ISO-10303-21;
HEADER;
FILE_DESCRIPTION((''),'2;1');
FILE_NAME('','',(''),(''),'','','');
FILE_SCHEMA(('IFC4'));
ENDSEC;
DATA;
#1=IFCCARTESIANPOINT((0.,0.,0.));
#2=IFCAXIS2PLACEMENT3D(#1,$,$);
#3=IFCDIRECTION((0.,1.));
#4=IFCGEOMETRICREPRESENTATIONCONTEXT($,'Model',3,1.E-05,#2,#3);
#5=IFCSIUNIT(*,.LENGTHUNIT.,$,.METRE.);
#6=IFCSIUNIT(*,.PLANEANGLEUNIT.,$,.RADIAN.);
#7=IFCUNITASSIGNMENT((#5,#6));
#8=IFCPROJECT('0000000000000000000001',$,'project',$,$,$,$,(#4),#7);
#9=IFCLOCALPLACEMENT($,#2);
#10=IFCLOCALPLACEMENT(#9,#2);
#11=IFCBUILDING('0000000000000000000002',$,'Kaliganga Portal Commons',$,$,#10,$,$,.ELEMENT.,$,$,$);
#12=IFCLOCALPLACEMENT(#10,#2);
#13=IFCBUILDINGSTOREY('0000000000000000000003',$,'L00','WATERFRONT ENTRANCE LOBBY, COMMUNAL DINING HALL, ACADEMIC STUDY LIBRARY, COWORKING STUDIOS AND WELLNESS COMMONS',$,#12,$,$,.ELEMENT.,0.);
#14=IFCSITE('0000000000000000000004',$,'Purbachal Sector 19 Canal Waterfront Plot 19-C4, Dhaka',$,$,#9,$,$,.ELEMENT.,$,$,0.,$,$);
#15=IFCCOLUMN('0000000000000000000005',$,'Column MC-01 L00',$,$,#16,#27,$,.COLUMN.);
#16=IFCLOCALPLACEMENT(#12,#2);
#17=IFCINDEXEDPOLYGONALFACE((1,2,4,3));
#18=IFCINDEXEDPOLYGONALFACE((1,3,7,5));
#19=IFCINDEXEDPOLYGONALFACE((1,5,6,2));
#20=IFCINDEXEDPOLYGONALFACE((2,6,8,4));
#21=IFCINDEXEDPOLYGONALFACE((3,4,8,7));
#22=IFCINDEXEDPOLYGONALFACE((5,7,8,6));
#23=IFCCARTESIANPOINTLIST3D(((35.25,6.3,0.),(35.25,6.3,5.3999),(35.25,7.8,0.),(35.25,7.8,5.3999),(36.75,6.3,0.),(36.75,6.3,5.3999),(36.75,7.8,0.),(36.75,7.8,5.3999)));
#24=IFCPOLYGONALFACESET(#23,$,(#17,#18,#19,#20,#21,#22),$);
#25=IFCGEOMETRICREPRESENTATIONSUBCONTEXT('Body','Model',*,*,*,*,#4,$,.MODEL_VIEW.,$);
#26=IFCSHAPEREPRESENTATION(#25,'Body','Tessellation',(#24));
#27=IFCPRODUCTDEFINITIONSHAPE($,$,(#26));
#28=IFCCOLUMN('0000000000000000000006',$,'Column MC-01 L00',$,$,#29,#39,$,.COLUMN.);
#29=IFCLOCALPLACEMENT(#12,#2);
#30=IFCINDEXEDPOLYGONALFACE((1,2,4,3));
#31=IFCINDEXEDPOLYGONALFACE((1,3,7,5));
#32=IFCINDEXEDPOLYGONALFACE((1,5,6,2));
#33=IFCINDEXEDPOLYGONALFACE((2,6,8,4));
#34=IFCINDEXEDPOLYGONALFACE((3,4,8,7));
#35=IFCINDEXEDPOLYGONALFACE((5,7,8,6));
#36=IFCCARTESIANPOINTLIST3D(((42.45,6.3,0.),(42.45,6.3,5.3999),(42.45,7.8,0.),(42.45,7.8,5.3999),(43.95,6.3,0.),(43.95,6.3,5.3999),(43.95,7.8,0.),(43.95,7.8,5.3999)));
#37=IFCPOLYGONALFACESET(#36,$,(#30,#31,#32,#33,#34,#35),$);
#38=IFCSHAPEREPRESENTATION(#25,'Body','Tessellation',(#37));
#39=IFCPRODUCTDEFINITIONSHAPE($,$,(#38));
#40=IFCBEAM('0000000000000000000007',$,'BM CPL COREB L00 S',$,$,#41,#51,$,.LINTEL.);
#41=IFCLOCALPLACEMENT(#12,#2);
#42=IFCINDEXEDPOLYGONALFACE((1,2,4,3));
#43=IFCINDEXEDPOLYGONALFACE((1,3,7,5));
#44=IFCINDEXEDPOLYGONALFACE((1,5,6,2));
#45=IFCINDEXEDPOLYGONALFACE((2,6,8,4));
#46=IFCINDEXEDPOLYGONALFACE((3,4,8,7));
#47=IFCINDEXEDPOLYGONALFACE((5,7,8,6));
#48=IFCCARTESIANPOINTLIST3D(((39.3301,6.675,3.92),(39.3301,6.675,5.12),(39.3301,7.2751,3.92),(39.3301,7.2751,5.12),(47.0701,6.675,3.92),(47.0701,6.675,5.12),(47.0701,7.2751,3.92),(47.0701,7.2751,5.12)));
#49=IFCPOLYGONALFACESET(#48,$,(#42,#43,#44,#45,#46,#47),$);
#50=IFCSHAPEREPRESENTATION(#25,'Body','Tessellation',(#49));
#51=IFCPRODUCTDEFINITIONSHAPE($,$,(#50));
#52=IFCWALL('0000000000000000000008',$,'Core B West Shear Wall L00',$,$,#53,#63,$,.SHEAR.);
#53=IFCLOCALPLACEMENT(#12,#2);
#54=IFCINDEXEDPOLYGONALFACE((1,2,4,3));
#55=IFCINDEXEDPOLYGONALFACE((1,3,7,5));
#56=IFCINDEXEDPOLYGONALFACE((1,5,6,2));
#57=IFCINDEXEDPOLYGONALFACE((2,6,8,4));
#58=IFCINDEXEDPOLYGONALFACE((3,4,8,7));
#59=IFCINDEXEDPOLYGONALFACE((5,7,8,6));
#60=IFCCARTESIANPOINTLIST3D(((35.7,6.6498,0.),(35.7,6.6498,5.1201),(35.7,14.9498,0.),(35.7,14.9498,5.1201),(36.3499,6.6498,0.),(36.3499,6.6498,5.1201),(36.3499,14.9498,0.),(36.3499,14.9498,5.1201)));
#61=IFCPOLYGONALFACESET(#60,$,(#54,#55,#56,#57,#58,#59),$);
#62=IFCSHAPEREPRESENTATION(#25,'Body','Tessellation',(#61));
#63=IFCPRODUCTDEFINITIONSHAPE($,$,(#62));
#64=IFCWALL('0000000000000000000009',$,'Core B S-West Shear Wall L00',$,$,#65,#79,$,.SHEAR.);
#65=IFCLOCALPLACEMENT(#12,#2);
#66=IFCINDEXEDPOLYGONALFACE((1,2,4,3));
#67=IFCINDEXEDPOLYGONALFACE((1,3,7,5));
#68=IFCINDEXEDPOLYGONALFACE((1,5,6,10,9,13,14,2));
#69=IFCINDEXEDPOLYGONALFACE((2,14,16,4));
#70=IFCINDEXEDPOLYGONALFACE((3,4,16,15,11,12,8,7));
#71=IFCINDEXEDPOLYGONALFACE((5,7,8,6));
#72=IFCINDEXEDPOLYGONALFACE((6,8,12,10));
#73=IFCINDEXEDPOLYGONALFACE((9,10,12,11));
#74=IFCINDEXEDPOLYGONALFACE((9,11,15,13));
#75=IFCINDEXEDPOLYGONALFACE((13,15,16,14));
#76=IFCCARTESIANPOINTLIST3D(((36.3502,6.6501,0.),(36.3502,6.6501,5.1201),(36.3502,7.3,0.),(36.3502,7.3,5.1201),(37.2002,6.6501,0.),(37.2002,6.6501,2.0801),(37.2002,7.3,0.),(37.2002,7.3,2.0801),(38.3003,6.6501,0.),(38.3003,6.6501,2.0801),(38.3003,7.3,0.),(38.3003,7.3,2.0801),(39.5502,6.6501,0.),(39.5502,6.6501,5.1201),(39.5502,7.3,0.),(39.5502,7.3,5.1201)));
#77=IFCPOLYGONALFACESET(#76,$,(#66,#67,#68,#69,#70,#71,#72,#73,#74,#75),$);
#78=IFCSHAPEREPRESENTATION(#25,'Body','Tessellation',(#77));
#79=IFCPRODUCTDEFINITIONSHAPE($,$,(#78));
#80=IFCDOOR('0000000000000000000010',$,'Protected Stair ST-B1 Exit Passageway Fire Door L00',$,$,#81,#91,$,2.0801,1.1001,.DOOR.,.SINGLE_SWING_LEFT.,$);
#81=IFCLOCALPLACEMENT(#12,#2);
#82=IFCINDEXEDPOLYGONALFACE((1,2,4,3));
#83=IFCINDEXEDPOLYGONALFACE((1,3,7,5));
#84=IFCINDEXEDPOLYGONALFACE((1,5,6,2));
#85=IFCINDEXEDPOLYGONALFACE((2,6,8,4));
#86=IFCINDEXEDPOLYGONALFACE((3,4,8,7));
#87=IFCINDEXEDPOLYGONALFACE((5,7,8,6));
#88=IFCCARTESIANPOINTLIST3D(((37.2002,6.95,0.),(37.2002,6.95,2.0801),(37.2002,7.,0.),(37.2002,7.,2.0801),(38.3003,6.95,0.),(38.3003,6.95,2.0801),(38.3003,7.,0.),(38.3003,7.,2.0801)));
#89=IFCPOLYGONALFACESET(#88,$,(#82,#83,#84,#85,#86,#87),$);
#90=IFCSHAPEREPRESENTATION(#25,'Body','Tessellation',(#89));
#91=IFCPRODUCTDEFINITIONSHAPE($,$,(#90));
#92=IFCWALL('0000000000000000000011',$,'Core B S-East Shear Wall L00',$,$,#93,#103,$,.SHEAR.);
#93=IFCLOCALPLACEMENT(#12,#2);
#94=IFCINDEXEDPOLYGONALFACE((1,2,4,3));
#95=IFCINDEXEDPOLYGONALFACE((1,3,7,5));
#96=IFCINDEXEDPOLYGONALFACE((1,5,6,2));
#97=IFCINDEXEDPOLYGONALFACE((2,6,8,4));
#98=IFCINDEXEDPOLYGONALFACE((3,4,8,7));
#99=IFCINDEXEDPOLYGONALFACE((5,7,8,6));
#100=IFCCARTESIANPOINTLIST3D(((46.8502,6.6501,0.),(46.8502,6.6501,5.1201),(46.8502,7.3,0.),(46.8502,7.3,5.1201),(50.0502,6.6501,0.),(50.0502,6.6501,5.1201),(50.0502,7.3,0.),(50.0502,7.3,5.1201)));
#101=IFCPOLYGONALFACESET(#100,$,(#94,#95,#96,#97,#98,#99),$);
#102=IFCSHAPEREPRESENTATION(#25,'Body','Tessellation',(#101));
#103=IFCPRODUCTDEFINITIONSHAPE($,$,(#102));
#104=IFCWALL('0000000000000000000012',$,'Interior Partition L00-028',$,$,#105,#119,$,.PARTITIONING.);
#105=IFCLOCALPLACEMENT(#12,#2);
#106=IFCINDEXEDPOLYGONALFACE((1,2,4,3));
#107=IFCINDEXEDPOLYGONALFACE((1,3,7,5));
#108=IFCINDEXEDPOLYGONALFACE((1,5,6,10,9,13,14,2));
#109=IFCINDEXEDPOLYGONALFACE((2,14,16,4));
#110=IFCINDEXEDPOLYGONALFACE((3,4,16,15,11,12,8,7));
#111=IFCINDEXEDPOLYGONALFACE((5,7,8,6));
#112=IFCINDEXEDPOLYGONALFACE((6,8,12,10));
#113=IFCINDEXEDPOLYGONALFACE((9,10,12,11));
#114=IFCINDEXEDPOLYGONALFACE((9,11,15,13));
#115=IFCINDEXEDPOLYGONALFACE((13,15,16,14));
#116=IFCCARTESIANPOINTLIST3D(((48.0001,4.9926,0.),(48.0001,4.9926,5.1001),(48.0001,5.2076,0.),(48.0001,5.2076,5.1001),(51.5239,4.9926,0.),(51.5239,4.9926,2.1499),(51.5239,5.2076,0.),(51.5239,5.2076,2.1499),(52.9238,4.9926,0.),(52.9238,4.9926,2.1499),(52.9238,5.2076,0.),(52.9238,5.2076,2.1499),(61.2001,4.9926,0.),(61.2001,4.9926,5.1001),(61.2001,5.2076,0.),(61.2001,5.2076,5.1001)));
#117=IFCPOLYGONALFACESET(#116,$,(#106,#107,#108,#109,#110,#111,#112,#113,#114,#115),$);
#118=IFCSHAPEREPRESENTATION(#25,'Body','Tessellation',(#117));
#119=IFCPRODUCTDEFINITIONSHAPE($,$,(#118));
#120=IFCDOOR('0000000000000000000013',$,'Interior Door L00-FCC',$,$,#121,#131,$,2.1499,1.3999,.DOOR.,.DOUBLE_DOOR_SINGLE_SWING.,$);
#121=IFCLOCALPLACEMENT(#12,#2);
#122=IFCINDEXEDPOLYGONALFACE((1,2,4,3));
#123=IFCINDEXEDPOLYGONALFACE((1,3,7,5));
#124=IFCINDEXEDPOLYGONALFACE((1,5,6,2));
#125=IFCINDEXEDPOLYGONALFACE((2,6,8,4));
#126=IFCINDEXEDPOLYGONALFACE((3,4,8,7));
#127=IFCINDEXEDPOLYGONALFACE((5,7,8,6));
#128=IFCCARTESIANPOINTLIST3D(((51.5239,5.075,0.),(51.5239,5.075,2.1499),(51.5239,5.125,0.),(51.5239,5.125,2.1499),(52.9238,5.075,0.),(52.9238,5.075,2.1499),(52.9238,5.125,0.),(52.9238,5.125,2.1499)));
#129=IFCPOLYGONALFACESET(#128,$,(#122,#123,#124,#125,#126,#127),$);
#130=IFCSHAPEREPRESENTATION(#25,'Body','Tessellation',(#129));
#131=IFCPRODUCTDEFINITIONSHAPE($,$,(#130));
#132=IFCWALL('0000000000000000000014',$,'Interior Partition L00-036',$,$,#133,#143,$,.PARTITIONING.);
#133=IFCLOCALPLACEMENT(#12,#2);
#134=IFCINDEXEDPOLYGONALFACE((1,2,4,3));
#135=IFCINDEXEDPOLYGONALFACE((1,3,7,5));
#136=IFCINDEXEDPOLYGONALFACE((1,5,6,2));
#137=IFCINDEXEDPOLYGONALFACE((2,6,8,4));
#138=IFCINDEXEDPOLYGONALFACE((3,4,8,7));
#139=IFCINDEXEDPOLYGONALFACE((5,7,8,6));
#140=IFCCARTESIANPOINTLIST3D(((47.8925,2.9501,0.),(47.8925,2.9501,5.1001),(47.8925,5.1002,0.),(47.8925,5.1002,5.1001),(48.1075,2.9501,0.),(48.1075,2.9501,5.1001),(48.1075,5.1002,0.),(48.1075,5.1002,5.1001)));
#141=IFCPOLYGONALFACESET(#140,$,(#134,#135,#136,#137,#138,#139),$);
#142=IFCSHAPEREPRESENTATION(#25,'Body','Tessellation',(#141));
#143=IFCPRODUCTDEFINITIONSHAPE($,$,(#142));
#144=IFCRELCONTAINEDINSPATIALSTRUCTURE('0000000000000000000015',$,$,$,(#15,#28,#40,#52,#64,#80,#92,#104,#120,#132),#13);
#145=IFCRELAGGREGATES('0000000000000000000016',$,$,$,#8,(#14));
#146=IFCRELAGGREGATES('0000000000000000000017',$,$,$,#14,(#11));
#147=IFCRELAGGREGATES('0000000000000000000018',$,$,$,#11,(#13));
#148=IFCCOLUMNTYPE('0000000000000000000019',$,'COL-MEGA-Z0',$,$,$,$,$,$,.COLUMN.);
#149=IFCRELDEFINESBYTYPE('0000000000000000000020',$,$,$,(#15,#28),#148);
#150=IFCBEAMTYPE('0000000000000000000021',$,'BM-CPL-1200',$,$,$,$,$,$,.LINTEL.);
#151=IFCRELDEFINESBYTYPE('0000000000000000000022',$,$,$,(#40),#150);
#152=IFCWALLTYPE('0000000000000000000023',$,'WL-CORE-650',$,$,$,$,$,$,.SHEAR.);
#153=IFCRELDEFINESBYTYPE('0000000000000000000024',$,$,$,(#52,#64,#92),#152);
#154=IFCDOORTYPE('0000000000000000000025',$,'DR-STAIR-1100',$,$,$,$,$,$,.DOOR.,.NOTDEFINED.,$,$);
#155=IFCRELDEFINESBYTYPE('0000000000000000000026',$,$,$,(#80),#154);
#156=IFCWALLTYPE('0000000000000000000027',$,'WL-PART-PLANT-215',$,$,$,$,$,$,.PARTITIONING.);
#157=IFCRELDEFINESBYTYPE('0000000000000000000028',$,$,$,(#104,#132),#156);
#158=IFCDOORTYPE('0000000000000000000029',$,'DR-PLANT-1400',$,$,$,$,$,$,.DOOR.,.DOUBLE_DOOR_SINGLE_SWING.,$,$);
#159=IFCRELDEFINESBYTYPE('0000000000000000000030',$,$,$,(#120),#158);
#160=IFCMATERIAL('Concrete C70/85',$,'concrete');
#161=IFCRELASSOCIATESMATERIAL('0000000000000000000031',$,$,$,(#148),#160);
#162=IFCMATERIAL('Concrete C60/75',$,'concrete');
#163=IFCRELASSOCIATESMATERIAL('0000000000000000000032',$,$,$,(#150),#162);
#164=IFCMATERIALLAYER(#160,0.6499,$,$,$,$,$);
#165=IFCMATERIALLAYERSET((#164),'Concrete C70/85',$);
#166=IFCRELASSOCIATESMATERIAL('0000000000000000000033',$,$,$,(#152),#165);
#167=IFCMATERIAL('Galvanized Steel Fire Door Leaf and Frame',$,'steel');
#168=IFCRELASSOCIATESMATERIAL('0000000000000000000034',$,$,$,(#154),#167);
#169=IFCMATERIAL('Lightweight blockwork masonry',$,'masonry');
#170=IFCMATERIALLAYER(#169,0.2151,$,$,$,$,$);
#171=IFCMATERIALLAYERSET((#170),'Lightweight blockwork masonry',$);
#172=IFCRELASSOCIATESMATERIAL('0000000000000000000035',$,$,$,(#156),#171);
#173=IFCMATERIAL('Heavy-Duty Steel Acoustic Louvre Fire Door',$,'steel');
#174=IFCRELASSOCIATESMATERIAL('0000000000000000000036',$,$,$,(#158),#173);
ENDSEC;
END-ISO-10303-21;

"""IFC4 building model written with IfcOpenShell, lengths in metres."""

from ifc_helpers import new_model, si_unit, direction, frame, frame_2d, origin, origin_2d, place, context, subcontext, project, spatial, rectangle, extrude, source, transform, mapped, material, layer, layer_set, material_profile, profile_set, type_object, element, fill, save


model = new_model("IFC4")

# Units and contexts
model_context = context("Model", 3, precision=1e-05, world=origin(), true_north=direction((0.0, 1.0)))
body_context = subcontext(model_context, "Body", "Model", "MODEL_VIEW")
ifc_project = project(units=[si_unit("LENGTHUNIT", "METRE"), si_unit("PLANEANGLEUNIT", "RADIAN")], contexts=[model_context])

# Site, building, storey
site_placement = place(None, origin())
site = spatial("IfcSite", under=ifc_project, at=site_placement, Name="Purbachal Sector 19 Canal Waterfront Plot 19-C4, Dhaka", CompositionType="ELEMENT", RefElevation=0.0)
building_placement = place(site_placement, origin())
building = spatial("IfcBuilding", under=site, at=building_placement, Name="Kaliganga Portal Commons", CompositionType="ELEMENT")
storey_placement = place(building_placement, origin())
storey = spatial("IfcBuildingStorey", under=building, at=storey_placement, Name="L00", Description="WATERFRONT ENTRANCE LOBBY, COMMUNAL DINING HALL, ACADEMIC STUDY LIBRARY, COWORKING STUDIOS AND WELLNESS COMMONS", CompositionType="ELEMENT", Elevation=0.0)

# Columns
ifc_material_1 = material(Name="Concrete C70/85", Category="concrete")
ifc_material_profile_1 = material_profile(ifc_material_1, rectangle(XDim=1.5, YDim=1.5, at=origin_2d()), Name="RC 1500x1500")
ifc_profile_set_1 = profile_set([ifc_material_profile_1], Name="Concrete C70/85")
column_type = type_object("IfcColumnType", Name="COL-MEGA-Z0", PredefinedType="COLUMN", material=ifc_profile_set_1)
shared_shape_1 = source(origin(), body_context, "Body", "SweptSolid", [
    extrude(rectangle(XDim=1.5, YDim=1.5, at=origin_2d()), origin(), (0.0, 0.0, 1.0), 5.3999),
])
for number, where, z_axis, x_axis, name in (
    (1, (36.0, 7.05, 0.0), (0.0, 0.0, 1.0), (1.0, 0.0, 0.0), "Column MC-01 L00"),
    (2, (43.2, 7.05, 0.0), (0.0, 0.0, 1.0), (1.0, 0.0, 0.0), "Column MC-01 L00"),
):
    element("IfcColumn", number, at=place(storey_placement, frame(where, z_axis=z_axis, x_axis=x_axis)), inside=storey, type_object=column_type, Name=name, PredefinedType="COLUMN", context=body_context, shape_type="MappedRepresentation", body=[
        mapped(shared_shape_1, transform((0.0, 0.0, 0.0), x_axis=(1.0, 0.0, 0.0), y_axis=(0.0, 1.0, 0.0), z_axis=(0.0, 0.0, 1.0), scale=1.0)),
    ])

# Beam
ifc_material_2 = material(Name="Concrete C60/75", Category="concrete")
ifc_material_profile_2 = material_profile(ifc_material_2, rectangle(XDim=0.6001, YDim=1.2, at=origin_2d()), Name="RC 600x1200")
ifc_profile_set_2 = profile_set([ifc_material_profile_2], Name="Concrete C60/75")
beam_type = type_object("IfcBeamType", Name="BM-CPL-1200", PredefinedType="LINTEL", material=ifc_profile_set_2)
shared_shape_2 = source(origin(), body_context, "Body", "SweptSolid", [
    extrude(rectangle(XDim=0.6001, YDim=1.2, at=origin_2d()), origin(), (0.0, 0.0, 1.0), 7.74),
])
beam_placement = place(storey_placement, frame((39.3301, 6.9751, 4.52), z_axis=(1.0, 0.0, 0.0), x_axis=(0.0, 1.0, 0.0)))
element("IfcBeam", 3, at=beam_placement, inside=storey, type_object=beam_type, Name="BM CPL COREB L00 S", PredefinedType="LINTEL", context=body_context, shape_type="MappedRepresentation", body=[
    mapped(shared_shape_2, transform((0.0, 0.0, 0.0), x_axis=(1.0, 0.0, 0.0), y_axis=(0.0, 1.0, 0.0), z_axis=(0.0, 0.0, 1.0), scale=1.0)),
])

# Wall
ifc_layer_1 = layer(ifc_material_1, 0.6499)
ifc_layer_set_1 = layer_set([ifc_layer_1], Name="Concrete C70/85")
wall_type_1 = type_object("IfcWallType", Name="WL-CORE-650", PredefinedType="SHEAR", material=ifc_layer_set_1)
wall_1_placement = place(storey_placement, frame((36.0249, 6.6499, 0.0), z_axis=(0.0, 0.0, 1.0), x_axis=(0.0, 1.0, 0.0)))
element("IfcWall", 4, at=wall_1_placement, inside=storey, type_object=wall_type_1, Name="Core B West Shear Wall L00", PredefinedType="SHEAR", context=body_context, shape_type="SweptSolid", body=[
    extrude(rectangle(XDim=8.3, YDim=0.6499, at=frame_2d((4.1499, 0.0))), origin(), (0.0, 0.0, 1.0), 5.1201),
])

# Wall, opening, door
wall_2_placement = place(storey_placement, frame((36.3501, 6.9751, 0.0), z_axis=(0.0, 0.0, 1.0), x_axis=(1.0, 0.0, 0.0)))
wall_2 = element("IfcWall", 5, at=wall_2_placement, inside=storey, type_object=wall_type_1, Name="Core B S-West Shear Wall L00", PredefinedType="SHEAR", context=body_context, shape_type="SweptSolid", body=[
    extrude(rectangle(XDim=3.2, YDim=0.6499, at=frame_2d((1.6001, 0.0))), origin(), (0.0, 0.0, 1.0), 5.1201),
])
opening_1_placement = place(wall_2_placement, frame((0.8501, 0.0, 0.0)))
opening_1 = element("IfcOpeningElement", 6, at=opening_1_placement, cuts=wall_2, PredefinedType="OPENING", context=body_context, shape_type="SweptSolid", body=[
    extrude(rectangle(XDim=1.1001, YDim=2.0801, at=frame_2d((0.55, 1.04))), frame((0.0, 0.335, 0.0), z_axis=(0.0, -1.0, 0.0), x_axis=(1.0, 0.0, 0.0)), (0.0, 0.0, 1.0), 0.6699),
])
ifc_material_3 = material(Name="Galvanized Steel Fire Door Leaf and Frame", Category="steel")
door_type_1 = type_object("IfcDoorType", Name="DR-STAIR-1100", OperationType="NOTDEFINED", PredefinedType="DOOR", material=ifc_material_3)
door_1_placement = place(opening_1_placement, origin())
door_1 = element("IfcDoor", 7, at=door_1_placement, inside=storey, type_object=door_type_1, Name="Protected Stair ST-B1 Exit Passageway Fire Door L00", OperationType="SINGLE_SWING_LEFT", OverallHeight=2.0801, OverallWidth=1.1001, PredefinedType="DOOR", context=body_context, shape_type="SweptSolid", body=[
    extrude(rectangle(XDim=1.1001, YDim=2.0801, at=frame_2d((0.55, 1.04))), frame((0.0, 0.0249, 0.0), z_axis=(0.0, -1.0, 0.0), x_axis=(1.0, 0.0, 0.0)), (0.0, 0.0, 1.0), 0.05),
])
fill(opening_1, door_1)

# Wall
wall_3_placement = place(storey_placement, frame((46.8501, 6.9751, 0.0), z_axis=(0.0, 0.0, 1.0), x_axis=(1.0, 0.0, 0.0)))
element("IfcWall", 8, at=wall_3_placement, inside=storey, type_object=wall_type_1, Name="Core B S-East Shear Wall L00", PredefinedType="SHEAR", context=body_context, shape_type="SweptSolid", body=[
    extrude(rectangle(XDim=3.2, YDim=0.6499, at=frame_2d((1.6001, 0.0))), origin(), (0.0, 0.0, 1.0), 5.1201),
])

# Wall, opening, door
ifc_material_4 = material(Name="Lightweight blockwork masonry", Category="masonry")
ifc_layer_2 = layer(ifc_material_4, 0.2151)
ifc_layer_set_2 = layer_set([ifc_layer_2], Name="Lightweight blockwork masonry")
wall_type_2 = type_object("IfcWallType", Name="WL-PART-PLANT-215", PredefinedType="PARTITIONING", material=ifc_layer_set_2)
wall_4_placement = place(storey_placement, frame((48.0, 5.1001, 0.0), z_axis=(0.0, 0.0, 1.0), x_axis=(1.0, 0.0, 0.0)))
wall_4 = element("IfcWall", 9, at=wall_4_placement, inside=storey, type_object=wall_type_2, Name="Interior Partition L00-028", PredefinedType="PARTITIONING", context=body_context, shape_type="SweptSolid", body=[
    extrude(rectangle(XDim=13.2, YDim=0.2151, at=frame_2d((6.6001, 0.0))), origin(), (0.0, 0.0, 1.0), 5.1001),
])
opening_2_placement = place(wall_4_placement, frame((3.5239, 0.0, 0.0)))
opening_2 = element("IfcOpeningElement", 10, at=opening_2_placement, cuts=wall_4, PredefinedType="OPENING", context=body_context, shape_type="SweptSolid", body=[
    extrude(rectangle(XDim=1.3999, YDim=2.1499, at=frame_2d((0.7, 1.075))), frame((0.0, 0.1177, 0.0), z_axis=(0.0, -1.0, 0.0), x_axis=(1.0, 0.0, 0.0)), (0.0, 0.0, 1.0), 0.2351),
])
ifc_material_5 = material(Name="Heavy-Duty Steel Acoustic Louvre Fire Door", Category="steel")
door_type_2 = type_object("IfcDoorType", Name="DR-PLANT-1400", OperationType="DOUBLE_DOOR_SINGLE_SWING", PredefinedType="DOOR", material=ifc_material_5)
door_2_placement = place(opening_2_placement, origin())
door_2 = element("IfcDoor", 11, at=door_2_placement, inside=storey, type_object=door_type_2, Name="Interior Door L00-FCC", OperationType="DOUBLE_DOOR_SINGLE_SWING", OverallHeight=2.1499, OverallWidth=1.3999, PredefinedType="DOOR", context=body_context, shape_type="SweptSolid", body=[
    extrude(rectangle(XDim=1.3999, YDim=2.1499, at=frame_2d((0.7, 1.075))), frame((0.0, 0.0249, 0.0), z_axis=(0.0, -1.0, 0.0), x_axis=(1.0, 0.0, 0.0)), (0.0, 0.0, 1.0), 0.05),
])
fill(opening_2, door_2)

# Wall
wall_5_placement = place(storey_placement, frame((48.0, 2.95, 0.0), z_axis=(0.0, 0.0, 1.0), x_axis=(0.0, 1.0, 0.0)))
element("IfcWall", 12, at=wall_5_placement, inside=storey, type_object=wall_type_2, Name="Interior Partition L00-036", PredefinedType="PARTITIONING", context=body_context, shape_type="SweptSolid", body=[
    extrude(rectangle(XDim=2.1501, YDim=0.2151, at=frame_2d((1.0752, 0.0))), origin(), (0.0, 0.0, 1.0), 5.1001),
])

save(model, "model.ifc")
